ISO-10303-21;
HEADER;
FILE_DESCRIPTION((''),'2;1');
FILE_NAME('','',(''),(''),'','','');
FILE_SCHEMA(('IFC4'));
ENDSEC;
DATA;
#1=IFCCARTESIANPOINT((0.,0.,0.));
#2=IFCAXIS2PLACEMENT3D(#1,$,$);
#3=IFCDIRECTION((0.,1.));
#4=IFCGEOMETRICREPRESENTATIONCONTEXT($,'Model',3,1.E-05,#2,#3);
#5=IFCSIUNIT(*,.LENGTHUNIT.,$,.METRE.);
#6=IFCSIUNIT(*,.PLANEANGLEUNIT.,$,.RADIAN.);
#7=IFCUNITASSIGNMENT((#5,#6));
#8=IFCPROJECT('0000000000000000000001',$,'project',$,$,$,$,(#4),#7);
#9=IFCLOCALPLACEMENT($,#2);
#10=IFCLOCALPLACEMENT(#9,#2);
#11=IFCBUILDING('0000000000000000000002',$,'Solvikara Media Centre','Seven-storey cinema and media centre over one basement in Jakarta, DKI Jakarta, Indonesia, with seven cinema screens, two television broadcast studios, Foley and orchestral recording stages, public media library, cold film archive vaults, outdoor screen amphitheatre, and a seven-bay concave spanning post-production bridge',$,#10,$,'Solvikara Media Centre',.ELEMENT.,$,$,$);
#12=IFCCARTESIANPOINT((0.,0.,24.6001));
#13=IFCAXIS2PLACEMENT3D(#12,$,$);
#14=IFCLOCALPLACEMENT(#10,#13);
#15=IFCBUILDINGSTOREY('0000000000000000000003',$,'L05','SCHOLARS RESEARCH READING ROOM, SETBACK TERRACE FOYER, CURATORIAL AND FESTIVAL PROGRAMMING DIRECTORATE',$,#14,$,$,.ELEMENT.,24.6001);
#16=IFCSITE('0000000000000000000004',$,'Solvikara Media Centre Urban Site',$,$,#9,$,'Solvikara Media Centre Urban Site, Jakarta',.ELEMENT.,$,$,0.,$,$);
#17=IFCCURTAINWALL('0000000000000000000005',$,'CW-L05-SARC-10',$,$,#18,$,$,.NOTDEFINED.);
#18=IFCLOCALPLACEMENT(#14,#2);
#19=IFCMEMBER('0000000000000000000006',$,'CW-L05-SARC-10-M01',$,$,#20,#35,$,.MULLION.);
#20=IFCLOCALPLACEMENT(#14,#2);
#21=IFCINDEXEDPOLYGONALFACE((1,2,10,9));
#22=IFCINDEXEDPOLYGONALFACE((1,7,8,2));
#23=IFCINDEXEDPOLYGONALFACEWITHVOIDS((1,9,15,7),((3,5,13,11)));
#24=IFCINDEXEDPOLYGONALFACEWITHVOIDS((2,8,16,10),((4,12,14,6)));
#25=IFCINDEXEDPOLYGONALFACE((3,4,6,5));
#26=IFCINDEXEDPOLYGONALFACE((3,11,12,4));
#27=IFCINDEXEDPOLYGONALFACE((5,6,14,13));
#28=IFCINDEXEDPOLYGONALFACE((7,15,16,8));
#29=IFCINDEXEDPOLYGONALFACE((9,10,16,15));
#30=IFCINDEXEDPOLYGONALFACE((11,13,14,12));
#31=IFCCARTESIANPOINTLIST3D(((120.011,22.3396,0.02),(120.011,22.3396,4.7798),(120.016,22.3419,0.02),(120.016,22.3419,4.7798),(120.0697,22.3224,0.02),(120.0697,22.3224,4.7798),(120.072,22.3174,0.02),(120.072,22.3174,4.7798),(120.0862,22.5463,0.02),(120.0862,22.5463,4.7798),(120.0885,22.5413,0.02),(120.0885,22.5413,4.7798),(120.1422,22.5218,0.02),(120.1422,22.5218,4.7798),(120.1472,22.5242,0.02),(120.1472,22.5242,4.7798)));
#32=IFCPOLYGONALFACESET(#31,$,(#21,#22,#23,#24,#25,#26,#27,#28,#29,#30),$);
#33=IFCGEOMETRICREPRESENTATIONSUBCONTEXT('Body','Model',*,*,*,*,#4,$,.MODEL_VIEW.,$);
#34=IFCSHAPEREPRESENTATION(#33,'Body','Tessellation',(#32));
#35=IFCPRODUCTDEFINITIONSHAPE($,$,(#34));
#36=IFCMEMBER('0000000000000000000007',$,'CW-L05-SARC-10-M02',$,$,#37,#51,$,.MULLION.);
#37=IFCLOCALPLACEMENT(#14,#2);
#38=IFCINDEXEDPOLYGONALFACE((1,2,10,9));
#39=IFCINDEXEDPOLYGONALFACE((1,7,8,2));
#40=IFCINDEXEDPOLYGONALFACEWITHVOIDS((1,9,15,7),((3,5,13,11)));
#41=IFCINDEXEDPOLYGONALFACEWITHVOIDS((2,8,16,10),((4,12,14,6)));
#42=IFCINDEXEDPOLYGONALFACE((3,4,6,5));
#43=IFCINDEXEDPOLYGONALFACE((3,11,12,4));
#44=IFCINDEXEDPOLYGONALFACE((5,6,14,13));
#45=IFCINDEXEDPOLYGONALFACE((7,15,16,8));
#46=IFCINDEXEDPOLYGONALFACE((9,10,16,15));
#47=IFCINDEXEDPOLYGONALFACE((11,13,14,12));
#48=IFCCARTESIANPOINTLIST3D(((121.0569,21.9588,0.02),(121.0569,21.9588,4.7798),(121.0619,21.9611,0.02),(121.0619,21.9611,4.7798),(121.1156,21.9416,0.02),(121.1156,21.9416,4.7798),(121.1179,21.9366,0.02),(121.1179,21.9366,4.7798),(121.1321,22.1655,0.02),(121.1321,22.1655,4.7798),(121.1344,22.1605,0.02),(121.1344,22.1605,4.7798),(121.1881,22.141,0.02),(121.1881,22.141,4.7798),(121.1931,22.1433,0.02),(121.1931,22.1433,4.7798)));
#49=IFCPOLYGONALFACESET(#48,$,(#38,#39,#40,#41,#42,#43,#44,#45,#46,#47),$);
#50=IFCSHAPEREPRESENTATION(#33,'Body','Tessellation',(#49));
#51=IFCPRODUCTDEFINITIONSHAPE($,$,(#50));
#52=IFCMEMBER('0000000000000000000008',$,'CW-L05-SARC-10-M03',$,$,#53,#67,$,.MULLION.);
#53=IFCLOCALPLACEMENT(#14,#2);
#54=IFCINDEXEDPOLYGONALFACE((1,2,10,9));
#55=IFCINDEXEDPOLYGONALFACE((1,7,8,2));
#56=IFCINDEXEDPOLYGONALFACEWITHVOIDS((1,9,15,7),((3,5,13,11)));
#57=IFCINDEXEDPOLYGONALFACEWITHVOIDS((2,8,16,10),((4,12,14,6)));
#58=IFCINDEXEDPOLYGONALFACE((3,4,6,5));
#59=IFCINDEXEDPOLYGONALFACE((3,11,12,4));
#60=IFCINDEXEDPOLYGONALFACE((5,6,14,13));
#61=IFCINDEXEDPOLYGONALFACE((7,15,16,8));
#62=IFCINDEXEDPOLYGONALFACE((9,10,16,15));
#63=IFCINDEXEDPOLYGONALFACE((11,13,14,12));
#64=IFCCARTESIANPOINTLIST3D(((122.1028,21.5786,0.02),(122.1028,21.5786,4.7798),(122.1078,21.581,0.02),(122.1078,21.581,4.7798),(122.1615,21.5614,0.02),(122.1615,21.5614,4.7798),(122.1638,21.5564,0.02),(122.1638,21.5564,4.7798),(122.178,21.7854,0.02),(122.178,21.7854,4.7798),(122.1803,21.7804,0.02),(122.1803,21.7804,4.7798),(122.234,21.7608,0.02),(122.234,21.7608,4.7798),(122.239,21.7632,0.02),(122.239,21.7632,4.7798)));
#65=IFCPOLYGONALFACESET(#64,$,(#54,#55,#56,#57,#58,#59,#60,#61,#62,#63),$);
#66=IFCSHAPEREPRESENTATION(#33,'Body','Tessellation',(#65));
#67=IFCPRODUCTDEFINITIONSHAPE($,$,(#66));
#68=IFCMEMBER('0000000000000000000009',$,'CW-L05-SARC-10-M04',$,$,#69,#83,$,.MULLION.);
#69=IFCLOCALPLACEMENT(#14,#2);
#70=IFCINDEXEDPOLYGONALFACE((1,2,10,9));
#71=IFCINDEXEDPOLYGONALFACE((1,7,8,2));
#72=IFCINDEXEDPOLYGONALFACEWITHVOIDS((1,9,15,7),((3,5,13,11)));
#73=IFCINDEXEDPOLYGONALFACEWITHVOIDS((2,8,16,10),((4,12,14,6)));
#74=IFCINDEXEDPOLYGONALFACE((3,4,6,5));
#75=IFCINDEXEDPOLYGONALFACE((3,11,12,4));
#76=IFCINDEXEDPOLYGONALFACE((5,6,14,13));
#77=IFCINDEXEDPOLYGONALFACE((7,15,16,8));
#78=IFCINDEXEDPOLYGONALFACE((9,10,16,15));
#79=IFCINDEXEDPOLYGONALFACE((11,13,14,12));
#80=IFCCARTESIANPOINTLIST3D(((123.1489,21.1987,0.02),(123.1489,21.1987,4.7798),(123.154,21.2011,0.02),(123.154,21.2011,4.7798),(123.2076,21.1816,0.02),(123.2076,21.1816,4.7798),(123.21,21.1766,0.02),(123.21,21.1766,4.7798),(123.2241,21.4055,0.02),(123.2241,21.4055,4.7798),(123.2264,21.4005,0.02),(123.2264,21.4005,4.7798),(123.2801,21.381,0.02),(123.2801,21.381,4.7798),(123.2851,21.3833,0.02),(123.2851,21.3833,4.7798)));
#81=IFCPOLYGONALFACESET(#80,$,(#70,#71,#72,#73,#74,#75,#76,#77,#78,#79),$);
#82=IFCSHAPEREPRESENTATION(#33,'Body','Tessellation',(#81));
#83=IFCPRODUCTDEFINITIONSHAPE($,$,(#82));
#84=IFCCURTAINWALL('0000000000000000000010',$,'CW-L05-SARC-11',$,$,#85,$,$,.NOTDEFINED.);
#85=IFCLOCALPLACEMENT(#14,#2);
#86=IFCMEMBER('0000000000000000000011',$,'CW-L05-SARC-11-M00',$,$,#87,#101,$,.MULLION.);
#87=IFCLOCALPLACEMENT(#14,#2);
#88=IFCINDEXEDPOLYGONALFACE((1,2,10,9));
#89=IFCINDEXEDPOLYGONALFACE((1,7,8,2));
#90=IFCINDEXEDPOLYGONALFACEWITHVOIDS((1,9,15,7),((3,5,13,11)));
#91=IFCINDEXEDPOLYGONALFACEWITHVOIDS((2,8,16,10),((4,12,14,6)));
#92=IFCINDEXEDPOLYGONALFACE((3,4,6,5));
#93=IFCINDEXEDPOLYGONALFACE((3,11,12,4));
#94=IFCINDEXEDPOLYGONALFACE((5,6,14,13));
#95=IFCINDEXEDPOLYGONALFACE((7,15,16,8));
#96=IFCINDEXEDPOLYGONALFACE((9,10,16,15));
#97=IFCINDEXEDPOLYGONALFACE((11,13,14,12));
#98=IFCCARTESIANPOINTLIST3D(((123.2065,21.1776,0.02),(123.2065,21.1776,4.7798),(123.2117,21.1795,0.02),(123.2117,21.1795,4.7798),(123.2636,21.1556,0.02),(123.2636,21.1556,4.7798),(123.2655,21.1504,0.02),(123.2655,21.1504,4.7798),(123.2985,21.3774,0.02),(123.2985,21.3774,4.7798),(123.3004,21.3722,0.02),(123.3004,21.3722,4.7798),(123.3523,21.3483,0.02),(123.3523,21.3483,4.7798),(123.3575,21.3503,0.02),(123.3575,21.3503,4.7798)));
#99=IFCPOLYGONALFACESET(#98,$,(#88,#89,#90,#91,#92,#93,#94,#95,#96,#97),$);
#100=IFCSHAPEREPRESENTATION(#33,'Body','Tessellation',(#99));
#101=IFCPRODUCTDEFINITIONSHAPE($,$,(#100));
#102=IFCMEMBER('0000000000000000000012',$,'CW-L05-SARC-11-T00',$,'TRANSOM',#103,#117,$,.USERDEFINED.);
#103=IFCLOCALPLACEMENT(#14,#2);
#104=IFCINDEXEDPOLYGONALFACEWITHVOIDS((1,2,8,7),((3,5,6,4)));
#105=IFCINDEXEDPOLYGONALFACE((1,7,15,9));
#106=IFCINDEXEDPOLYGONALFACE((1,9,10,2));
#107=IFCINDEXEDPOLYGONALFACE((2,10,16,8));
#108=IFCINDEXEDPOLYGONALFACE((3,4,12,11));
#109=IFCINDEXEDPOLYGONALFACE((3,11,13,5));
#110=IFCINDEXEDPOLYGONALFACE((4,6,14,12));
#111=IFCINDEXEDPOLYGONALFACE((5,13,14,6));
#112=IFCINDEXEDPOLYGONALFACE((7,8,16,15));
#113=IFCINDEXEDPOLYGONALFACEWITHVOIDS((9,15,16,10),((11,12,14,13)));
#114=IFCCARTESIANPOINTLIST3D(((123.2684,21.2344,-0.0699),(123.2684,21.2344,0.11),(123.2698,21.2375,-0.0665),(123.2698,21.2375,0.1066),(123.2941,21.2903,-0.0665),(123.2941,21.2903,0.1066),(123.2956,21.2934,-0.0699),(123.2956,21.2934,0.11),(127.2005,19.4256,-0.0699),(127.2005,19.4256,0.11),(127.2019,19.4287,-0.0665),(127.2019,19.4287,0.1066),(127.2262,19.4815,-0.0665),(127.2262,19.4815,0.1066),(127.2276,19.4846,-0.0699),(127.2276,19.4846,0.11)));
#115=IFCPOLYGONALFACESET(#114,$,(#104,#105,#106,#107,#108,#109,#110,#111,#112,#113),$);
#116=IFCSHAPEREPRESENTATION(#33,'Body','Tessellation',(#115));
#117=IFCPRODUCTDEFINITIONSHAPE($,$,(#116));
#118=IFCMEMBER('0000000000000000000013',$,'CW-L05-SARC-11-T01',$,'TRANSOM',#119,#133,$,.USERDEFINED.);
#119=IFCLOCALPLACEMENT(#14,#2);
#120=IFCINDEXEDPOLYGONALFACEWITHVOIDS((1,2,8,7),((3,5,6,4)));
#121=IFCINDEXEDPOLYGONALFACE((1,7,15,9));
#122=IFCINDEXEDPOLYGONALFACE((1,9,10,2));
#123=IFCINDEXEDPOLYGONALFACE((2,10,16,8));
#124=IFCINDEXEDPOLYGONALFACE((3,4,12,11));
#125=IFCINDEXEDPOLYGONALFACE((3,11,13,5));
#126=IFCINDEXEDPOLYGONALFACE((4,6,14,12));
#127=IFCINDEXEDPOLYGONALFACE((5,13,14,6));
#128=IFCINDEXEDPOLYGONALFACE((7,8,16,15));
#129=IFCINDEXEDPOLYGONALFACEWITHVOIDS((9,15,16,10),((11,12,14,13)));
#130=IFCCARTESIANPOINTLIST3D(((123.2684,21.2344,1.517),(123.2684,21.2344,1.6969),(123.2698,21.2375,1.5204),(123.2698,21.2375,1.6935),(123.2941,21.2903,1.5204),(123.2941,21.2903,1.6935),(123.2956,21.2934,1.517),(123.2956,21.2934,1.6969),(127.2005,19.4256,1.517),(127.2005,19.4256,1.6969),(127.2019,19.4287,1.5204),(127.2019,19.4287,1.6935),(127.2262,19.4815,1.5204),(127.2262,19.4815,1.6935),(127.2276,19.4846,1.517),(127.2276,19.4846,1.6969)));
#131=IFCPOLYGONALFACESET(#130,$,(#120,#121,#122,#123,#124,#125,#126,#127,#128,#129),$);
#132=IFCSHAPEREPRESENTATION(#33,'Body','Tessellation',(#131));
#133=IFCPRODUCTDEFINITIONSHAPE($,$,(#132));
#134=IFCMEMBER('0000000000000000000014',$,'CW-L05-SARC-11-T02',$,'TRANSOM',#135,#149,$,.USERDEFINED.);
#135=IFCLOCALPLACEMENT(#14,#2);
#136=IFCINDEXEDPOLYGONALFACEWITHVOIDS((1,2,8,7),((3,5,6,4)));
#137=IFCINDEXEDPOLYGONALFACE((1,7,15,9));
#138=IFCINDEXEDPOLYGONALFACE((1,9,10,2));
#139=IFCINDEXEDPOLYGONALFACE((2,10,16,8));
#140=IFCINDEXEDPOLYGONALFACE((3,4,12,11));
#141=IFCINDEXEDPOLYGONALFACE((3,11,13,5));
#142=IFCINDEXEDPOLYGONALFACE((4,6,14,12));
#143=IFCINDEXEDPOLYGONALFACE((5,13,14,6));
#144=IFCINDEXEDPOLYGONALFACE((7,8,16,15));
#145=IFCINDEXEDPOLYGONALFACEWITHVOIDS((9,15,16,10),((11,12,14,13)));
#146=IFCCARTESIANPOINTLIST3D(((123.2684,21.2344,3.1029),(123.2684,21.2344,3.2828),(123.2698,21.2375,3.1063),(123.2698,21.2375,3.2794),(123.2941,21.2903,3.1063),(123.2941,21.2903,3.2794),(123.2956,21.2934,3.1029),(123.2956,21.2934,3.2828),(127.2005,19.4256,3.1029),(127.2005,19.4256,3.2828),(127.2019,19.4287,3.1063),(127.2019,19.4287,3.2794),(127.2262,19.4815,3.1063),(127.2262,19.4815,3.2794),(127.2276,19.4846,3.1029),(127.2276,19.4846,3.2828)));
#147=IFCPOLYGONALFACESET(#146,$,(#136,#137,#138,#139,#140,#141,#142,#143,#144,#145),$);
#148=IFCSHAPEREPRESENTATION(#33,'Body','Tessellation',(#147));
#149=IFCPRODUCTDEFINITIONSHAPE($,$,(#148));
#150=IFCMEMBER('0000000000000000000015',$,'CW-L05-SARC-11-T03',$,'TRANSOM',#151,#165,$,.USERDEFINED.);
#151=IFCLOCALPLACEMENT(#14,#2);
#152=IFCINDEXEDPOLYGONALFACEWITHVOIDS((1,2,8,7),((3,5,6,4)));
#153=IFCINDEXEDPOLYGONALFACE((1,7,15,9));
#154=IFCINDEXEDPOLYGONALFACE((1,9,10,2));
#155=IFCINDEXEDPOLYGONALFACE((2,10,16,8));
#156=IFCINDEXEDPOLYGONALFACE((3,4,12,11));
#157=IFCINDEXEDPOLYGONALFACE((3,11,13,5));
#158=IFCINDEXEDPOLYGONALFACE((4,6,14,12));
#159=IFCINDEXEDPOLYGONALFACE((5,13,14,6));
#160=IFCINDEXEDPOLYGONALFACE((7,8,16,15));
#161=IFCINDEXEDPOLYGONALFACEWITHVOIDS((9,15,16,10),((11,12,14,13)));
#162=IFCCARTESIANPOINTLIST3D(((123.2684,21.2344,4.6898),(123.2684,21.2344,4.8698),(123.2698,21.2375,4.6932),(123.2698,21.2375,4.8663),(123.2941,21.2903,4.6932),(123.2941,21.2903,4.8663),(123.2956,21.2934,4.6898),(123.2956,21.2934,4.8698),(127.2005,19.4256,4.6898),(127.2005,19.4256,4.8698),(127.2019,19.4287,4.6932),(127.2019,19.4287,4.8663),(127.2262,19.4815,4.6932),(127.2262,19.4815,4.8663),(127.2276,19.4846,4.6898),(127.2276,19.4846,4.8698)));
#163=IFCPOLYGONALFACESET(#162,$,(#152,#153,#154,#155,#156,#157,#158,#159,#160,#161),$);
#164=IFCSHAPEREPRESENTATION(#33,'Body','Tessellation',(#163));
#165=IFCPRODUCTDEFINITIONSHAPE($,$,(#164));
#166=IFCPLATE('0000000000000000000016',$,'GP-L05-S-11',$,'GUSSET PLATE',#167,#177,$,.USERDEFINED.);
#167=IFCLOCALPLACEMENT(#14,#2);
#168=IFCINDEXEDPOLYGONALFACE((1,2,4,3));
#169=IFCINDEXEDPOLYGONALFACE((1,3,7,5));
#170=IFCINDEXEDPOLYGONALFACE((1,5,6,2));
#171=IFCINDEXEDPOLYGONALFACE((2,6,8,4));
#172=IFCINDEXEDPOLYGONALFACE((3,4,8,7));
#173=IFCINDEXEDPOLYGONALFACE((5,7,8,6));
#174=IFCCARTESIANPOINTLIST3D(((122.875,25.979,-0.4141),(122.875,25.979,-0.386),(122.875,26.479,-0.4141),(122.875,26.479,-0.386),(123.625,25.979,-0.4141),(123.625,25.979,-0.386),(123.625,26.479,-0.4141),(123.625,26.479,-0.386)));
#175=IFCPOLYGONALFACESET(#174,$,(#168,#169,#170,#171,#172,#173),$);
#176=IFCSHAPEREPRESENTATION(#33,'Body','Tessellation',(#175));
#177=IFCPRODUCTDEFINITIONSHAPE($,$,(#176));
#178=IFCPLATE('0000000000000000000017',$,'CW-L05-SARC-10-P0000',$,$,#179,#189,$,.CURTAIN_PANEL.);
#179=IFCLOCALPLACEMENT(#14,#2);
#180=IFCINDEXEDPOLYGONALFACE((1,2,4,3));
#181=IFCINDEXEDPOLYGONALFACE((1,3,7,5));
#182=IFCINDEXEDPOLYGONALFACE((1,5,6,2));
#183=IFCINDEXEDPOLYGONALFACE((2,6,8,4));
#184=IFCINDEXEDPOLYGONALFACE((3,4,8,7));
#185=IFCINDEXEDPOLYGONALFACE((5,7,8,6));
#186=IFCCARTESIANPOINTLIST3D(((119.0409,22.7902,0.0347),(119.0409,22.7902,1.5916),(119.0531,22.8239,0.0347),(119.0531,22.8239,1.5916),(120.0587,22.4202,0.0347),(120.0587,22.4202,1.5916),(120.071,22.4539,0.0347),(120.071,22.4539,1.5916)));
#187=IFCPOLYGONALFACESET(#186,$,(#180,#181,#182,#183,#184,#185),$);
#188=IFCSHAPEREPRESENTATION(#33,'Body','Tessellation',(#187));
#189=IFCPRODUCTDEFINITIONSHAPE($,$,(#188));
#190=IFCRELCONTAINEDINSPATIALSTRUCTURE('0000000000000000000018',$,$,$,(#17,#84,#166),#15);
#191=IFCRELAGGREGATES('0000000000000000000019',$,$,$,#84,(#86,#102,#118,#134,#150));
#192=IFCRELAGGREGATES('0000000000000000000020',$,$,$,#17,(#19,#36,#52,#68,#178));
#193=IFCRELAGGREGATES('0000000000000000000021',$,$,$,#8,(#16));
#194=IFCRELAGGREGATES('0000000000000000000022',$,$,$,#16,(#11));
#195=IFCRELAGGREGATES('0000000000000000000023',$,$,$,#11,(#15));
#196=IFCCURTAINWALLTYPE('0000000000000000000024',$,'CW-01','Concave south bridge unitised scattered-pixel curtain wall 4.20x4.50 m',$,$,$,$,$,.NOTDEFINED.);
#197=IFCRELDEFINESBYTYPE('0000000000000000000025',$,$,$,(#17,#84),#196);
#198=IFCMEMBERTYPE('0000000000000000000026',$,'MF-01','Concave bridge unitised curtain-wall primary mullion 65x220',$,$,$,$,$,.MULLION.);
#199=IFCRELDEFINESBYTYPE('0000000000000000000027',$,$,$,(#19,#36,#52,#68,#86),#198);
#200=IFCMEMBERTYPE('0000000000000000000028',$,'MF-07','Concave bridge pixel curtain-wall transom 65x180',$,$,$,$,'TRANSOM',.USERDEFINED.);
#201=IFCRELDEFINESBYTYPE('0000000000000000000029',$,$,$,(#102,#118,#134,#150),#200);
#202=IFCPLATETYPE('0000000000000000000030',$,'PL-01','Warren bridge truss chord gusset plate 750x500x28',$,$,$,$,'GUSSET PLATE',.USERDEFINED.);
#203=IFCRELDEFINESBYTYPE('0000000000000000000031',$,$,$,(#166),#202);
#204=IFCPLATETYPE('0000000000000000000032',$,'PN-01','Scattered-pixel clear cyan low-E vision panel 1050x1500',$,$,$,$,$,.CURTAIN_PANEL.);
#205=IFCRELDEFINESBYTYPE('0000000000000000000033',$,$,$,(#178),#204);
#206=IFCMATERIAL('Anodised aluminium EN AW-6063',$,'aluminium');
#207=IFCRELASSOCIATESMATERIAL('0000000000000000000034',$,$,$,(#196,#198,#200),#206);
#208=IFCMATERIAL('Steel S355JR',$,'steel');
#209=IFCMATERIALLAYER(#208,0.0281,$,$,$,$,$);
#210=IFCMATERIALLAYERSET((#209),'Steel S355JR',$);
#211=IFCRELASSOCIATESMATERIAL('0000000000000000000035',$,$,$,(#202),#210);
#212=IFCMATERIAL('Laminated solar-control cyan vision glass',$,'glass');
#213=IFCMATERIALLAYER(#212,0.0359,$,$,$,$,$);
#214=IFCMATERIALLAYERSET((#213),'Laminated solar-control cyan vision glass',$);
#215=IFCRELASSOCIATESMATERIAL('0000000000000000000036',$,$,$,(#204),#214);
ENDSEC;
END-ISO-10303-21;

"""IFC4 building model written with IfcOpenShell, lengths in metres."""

from ifc_helpers import new_model, si_unit, direction, frame, origin, origin_2d, place, context, subcontext, project, spatial, rectangle, hollow_rectangle, extrude, material, layer, layer_set, material_profile, profile_set, type_object, element, aggregate, save


model = new_model("IFC4")

# Units and contexts
model_context = context("Model", 3, precision=1e-05, world=origin(), true_north=direction((0.0, 1.0)))
body_context = subcontext(model_context, "Body", "Model", "MODEL_VIEW")
ifc_project = project(units=[si_unit("LENGTHUNIT", "METRE"), si_unit("PLANEANGLEUNIT", "RADIAN")], contexts=[model_context])

# Site, building, storey
site_placement = place(None, origin())
site = spatial("IfcSite", under=ifc_project, at=site_placement, Name="Solvikara Media Centre Urban Site", LongName="Solvikara Media Centre Urban Site, Jakarta", CompositionType="ELEMENT", RefElevation=0.0)
building_placement = place(site_placement, origin())
building = spatial("IfcBuilding", under=site, at=building_placement, Name="Solvikara Media Centre", Description="Seven-storey cinema and media centre over one basement in Jakarta, DKI Jakarta, Indonesia, with seven cinema screens, two television broadcast studios, Foley and orchestral recording stages, public media library, cold film archive vaults, outdoor screen amphitheatre, and a seven-bay concave spanning post-production bridge", LongName="Solvikara Media Centre", CompositionType="ELEMENT")
storey_placement = place(building_placement, frame((0.0, 0.0, 24.6001)))
storey = spatial("IfcBuildingStorey", under=building, at=storey_placement, Name="L05", Description="SCHOLARS RESEARCH READING ROOM, SETBACK TERRACE FOYER, CURATORIAL AND FESTIVAL PROGRAMMING DIRECTORATE", CompositionType="ELEMENT", Elevation=24.6001)

# Shared definitions
ifc_material_1 = material(Name="Steel S355JR", Category="steel")

# Curtain walls, members
ifc_material_2 = material(Name="Anodised aluminium EN AW-6063", Category="aluminium")
curtain_wall_type = type_object("IfcCurtainWallType", Name="CW-01", Description="Concave south bridge unitised scattered-pixel curtain wall 4.20x4.50 m", PredefinedType="NOTDEFINED", material=ifc_material_2)
curtain_wall_1_placement = place(storey_placement, origin())
curtain_wall_1 = element("IfcCurtainWall", 1, at=curtain_wall_1_placement, inside=storey, type_object=curtain_wall_type, Name="CW-L05-SARC-10", PredefinedType="NOTDEFINED")
ifc_material_profile_1 = material_profile(ifc_material_2, hollow_rectangle(XDim=0.0649, YDim=0.22, WallThickness=0.0039, at=origin_2d()), Name="ALU-M 65x220x4")
ifc_profile_set_1 = profile_set([ifc_material_profile_1], Name="Anodised aluminium EN AW-6063")
member_type_1 = type_object("IfcMemberType", Name="MF-01", Description="Concave bridge unitised curtain-wall primary mullion 65x220", PredefinedType="MULLION", material=ifc_profile_set_1)
member_1_placement = place(storey_placement, frame((120.0791, 22.4319, 0.02), z_axis=(0.0, 0.0, 1.0), x_axis=(0.939824, -0.341659, 0.0)))
member_1 = element("IfcMember", 2, at=member_1_placement, type_object=member_type_1, Name="CW-L05-SARC-10-M01", PredefinedType="MULLION", context=body_context, shape_type="SweptSolid", body=[
    extrude(hollow_rectangle(XDim=0.0649, YDim=0.22, WallThickness=0.0039, at=origin_2d()), origin(), (0.0, 0.0, 1.0), 4.7598),
])
member_2_placement = place(storey_placement, frame((121.125, 22.051, 0.02), z_axis=(0.0, 0.0, 1.0), x_axis=(0.939824, -0.341659, 0.0)))
member_2 = element("IfcMember", 3, at=member_2_placement, type_object=member_type_1, Name="CW-L05-SARC-10-M02", PredefinedType="MULLION", context=body_context, shape_type="SweptSolid", body=[
    extrude(hollow_rectangle(XDim=0.0649, YDim=0.22, WallThickness=0.0039, at=origin_2d()), origin(), (0.0, 0.0, 1.0), 4.7598),
])
member_3_placement = place(storey_placement, frame((122.1709, 21.6709, 0.02), z_axis=(0.0, 0.0, 1.0), x_axis=(0.939824, -0.341659, 0.0)))
member_3 = element("IfcMember", 4, at=member_3_placement, type_object=member_type_1, Name="CW-L05-SARC-10-M03", PredefinedType="MULLION", context=body_context, shape_type="SweptSolid", body=[
    extrude(hollow_rectangle(XDim=0.0649, YDim=0.22, WallThickness=0.0039, at=origin_2d()), origin(), (0.0, 0.0, 1.0), 4.7598),
])
member_4_placement = place(storey_placement, frame((123.217, 21.291, 0.02), z_axis=(0.0, 0.0, 1.0), x_axis=(0.939824, -0.341659, 0.0)))
member_4 = element("IfcMember", 5, at=member_4_placement, type_object=member_type_1, Name="CW-L05-SARC-10-M04", PredefinedType="MULLION", context=body_context, shape_type="SweptSolid", body=[
    extrude(hollow_rectangle(XDim=0.0649, YDim=0.22, WallThickness=0.0039, at=origin_2d()), origin(), (0.0, 0.0, 1.0), 4.7598),
])
curtain_wall_2_placement = place(storey_placement, origin())
curtain_wall_2 = element("IfcCurtainWall", 6, at=curtain_wall_2_placement, inside=storey, type_object=curtain_wall_type, Name="CW-L05-SARC-11", PredefinedType="NOTDEFINED")
member_5_placement = place(storey_placement, frame((123.282, 21.2639, 0.02), z_axis=(0.0, 0.0, 1.0), x_axis=(0.908464, -0.417962, 0.0)))
member_5 = element("IfcMember", 7, at=member_5_placement, type_object=member_type_1, Name="CW-L05-SARC-11-M00", PredefinedType="MULLION", context=body_context, shape_type="SweptSolid", body=[
    extrude(hollow_rectangle(XDim=0.0649, YDim=0.22, WallThickness=0.0039, at=origin_2d()), origin(), (0.0, 0.0, 1.0), 4.7598),
])
ifc_material_profile_2 = material_profile(ifc_material_2, hollow_rectangle(XDim=0.0649, YDim=0.1799, WallThickness=0.0034, at=origin_2d()), Name="ALU-T 65x180x3.5")
ifc_profile_set_2 = profile_set([ifc_material_profile_2], Name="Anodised aluminium EN AW-6063")
member_type_2 = type_object("IfcMemberType", Name="MF-07", Description="Concave bridge pixel curtain-wall transom 65x180", ElementType="TRANSOM", PredefinedType="USERDEFINED", material=ifc_profile_set_2)
member_6_placement = place(storey_placement, frame((123.282, 21.2639, 0.02), z_axis=(0.908485, -0.417917, 0.0), x_axis=(0.417917, 0.908485, 0.0)))
member_6 = element("IfcMember", 8, at=member_6_placement, type_object=member_type_2, Name="CW-L05-SARC-11-T00", ObjectType="TRANSOM", PredefinedType="USERDEFINED", context=body_context, shape_type="SweptSolid", body=[
    extrude(hollow_rectangle(XDim=0.0649, YDim=0.1799, WallThickness=0.0034, at=origin_2d()), origin(), (0.0, 0.0, 1.0), 4.3281),
])
member_7_placement = place(storey_placement, frame((123.282, 21.2639, 1.6069), z_axis=(0.908485, -0.417917, 0.0), x_axis=(0.417917, 0.908485, 0.0)))
member_7 = element("IfcMember", 9, at=member_7_placement, type_object=member_type_2, Name="CW-L05-SARC-11-T01", ObjectType="TRANSOM", PredefinedType="USERDEFINED", context=body_context, shape_type="SweptSolid", body=[
    extrude(hollow_rectangle(XDim=0.0649, YDim=0.1799, WallThickness=0.0034, at=origin_2d()), origin(), (0.0, 0.0, 1.0), 4.3281),
])
member_8_placement = place(storey_placement, frame((123.282, 21.2639, 3.1929), z_axis=(0.908485, -0.417917, 0.0), x_axis=(0.417917, 0.908485, 0.0)))
member_8 = element("IfcMember", 10, at=member_8_placement, type_object=member_type_2, Name="CW-L05-SARC-11-T02", ObjectType="TRANSOM", PredefinedType="USERDEFINED", context=body_context, shape_type="SweptSolid", body=[
    extrude(hollow_rectangle(XDim=0.0649, YDim=0.1799, WallThickness=0.0034, at=origin_2d()), origin(), (0.0, 0.0, 1.0), 4.3281),
])
member_9_placement = place(storey_placement, frame((123.282, 21.2639, 4.7798), z_axis=(0.908485, -0.417917, 0.0), x_axis=(0.417917, 0.908485, 0.0)))
member_9 = element("IfcMember", 11, at=member_9_placement, type_object=member_type_2, Name="CW-L05-SARC-11-T03", ObjectType="TRANSOM", PredefinedType="USERDEFINED", context=body_context, shape_type="SweptSolid", body=[
    extrude(hollow_rectangle(XDim=0.0649, YDim=0.1799, WallThickness=0.0034, at=origin_2d()), origin(), (0.0, 0.0, 1.0), 4.3281),
])

# Plates
ifc_layer_1 = layer(ifc_material_1, 0.0281)
ifc_layer_set_1 = layer_set([ifc_layer_1], Name="Steel S355JR")
plate_type_1 = type_object("IfcPlateType", Name="PL-01", Description="Warren bridge truss chord gusset plate 750x500x28", ElementType="GUSSET PLATE", PredefinedType="USERDEFINED", material=ifc_layer_set_1)
plate_1_placement = place(storey_placement, frame((123.25, 26.229, -0.4141), z_axis=(0.0, 0.0, 1.0), x_axis=(1.0, 0.0, 0.0)))
element("IfcPlate", 12, at=plate_1_placement, inside=storey, type_object=plate_type_1, Name="GP-L05-S-11", ObjectType="GUSSET PLATE", PredefinedType="USERDEFINED", context=body_context, shape_type="SweptSolid", body=[
    extrude(rectangle(XDim=0.75, YDim=0.5, at=origin_2d()), origin(), (0.0, 0.0, 1.0), 0.0281),
])
ifc_material_3 = material(Name="Laminated solar-control cyan vision glass", Category="glass")
ifc_layer_2 = layer(ifc_material_3, 0.0359)
ifc_layer_set_2 = layer_set([ifc_layer_2], Name="Laminated solar-control cyan vision glass")
plate_type_2 = type_object("IfcPlateType", Name="PN-01", Description="Scattered-pixel clear cyan low-E vision panel 1050x1500", PredefinedType="CURTAIN_PANEL", material=ifc_layer_set_2)
plate_2_placement = place(storey_placement, frame((119.5559, 22.6221, 0.0347), z_axis=(0.0, 0.0, 1.0), x_axis=(0.939824, -0.341659, 0.0)))
plate_2 = element("IfcPlate", 13, at=plate_2_placement, type_object=plate_type_2, Name="CW-L05-SARC-10-P0000", PredefinedType="CURTAIN_PANEL", context=body_context, shape_type="SweptSolid", body=[
    extrude(rectangle(XDim=1.083, YDim=0.0359, at=origin_2d()), origin(), (0.0, 0.0, 1.0), 1.5569),
])
aggregate(curtain_wall_2, [member_5, member_6, member_7, member_8, member_9])
aggregate(curtain_wall_1, [member_1, member_2, member_3, member_4, plate_2])

save(model, "model.ifc")
